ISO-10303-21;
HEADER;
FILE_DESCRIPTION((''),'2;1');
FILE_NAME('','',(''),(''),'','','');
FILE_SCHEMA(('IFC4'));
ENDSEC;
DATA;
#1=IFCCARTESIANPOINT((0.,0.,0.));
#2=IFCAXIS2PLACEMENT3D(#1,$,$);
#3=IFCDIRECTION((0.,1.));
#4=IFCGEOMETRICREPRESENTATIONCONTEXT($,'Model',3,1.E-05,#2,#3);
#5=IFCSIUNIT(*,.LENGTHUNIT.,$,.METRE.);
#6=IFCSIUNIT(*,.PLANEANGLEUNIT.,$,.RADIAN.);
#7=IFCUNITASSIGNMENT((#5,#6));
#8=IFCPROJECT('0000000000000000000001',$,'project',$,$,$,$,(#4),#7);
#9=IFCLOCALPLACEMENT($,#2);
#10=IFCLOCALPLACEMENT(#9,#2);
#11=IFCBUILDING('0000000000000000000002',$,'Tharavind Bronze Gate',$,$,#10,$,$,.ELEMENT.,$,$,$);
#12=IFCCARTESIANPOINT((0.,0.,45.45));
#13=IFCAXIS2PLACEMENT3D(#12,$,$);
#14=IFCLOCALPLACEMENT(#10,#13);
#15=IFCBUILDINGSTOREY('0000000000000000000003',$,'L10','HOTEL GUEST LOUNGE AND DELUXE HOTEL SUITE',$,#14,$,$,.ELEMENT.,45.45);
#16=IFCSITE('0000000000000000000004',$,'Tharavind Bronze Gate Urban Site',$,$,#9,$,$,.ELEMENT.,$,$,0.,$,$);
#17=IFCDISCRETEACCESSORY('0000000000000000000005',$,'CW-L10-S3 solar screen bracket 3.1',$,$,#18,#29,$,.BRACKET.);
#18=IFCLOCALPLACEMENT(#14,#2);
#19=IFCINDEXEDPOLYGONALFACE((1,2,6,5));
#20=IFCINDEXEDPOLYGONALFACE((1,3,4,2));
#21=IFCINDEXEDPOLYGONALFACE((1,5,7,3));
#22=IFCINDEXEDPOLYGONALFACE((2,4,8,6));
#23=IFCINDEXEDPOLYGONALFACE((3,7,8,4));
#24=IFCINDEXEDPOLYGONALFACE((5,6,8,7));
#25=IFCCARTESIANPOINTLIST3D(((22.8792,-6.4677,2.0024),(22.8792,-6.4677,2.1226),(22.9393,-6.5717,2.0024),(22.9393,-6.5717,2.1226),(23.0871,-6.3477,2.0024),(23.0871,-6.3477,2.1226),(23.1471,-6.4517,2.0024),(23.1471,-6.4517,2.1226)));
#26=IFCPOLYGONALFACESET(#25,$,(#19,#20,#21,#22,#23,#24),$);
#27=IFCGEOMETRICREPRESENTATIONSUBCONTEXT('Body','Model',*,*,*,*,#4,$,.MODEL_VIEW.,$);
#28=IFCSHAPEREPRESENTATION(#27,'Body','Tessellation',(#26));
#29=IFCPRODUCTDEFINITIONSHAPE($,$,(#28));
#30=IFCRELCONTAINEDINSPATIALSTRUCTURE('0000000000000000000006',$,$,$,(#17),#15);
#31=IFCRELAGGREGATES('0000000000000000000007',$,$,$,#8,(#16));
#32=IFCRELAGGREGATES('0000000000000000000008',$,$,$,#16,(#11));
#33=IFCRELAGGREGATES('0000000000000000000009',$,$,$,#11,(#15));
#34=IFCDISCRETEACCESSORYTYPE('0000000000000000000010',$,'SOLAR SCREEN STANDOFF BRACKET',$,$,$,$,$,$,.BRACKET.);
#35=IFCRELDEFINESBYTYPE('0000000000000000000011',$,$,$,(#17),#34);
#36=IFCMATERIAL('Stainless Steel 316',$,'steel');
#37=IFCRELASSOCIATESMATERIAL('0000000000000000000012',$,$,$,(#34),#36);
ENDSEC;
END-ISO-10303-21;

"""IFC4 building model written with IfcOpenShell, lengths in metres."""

from ifc_helpers import new_model, si_unit, direction, frame, origin, origin_2d, place, context, subcontext, project, spatial, rectangle, extrude, material, type_object, element, save


model = new_model("IFC4")

# Units and contexts
model_context = context("Model", 3, precision=1e-05, world=origin(), true_north=direction((0.0, 1.0)))
body_context = subcontext(model_context, "Body", "Model", "MODEL_VIEW")
ifc_project = project(units=[si_unit("LENGTHUNIT", "METRE"), si_unit("PLANEANGLEUNIT", "RADIAN")], contexts=[model_context])

# Site, building, storey
site_placement = place(None, origin())
site = spatial("IfcSite", under=ifc_project, at=site_placement, Name="Tharavind Bronze Gate Urban Site", CompositionType="ELEMENT", RefElevation=0.0)
building_placement = place(site_placement, origin())
building = spatial("IfcBuilding", under=site, at=building_placement, Name="Tharavind Bronze Gate", CompositionType="ELEMENT")
storey_placement = place(building_placement, frame((0.0, 0.0, 45.45)))
storey = spatial("IfcBuildingStorey", under=building, at=storey_placement, Name="L10", Description="HOTEL GUEST LOUNGE AND DELUXE HOTEL SUITE", CompositionType="ELEMENT", Elevation=45.45)

# Discrete accessory
ifc_material_1 = material(Name="Stainless Steel 316", Category="steel")
discrete_accessory_type = type_object("IfcDiscreteAccessoryType", Name="SOLAR SCREEN STANDOFF BRACKET", PredefinedType="BRACKET", material=ifc_material_1)
for number, where, z_axis, x_axis, name in (
    (1, (23.0132, -6.4597, 2.0024), (0.0, 0.0, 1.0), (-0.500002, 0.866025, 0.0), "CW-L10-S3 solar screen bracket 3.1"),
):
    element("IfcDiscreteAccessory", number, at=place(storey_placement, frame(where, z_axis=z_axis, x_axis=x_axis)), inside=storey, type_object=discrete_accessory_type, Name=name, PredefinedType="BRACKET", context=body_context, shape_type="SweptSolid", body=[
        extrude(rectangle(XDim=0.1201, YDim=0.24, at=origin_2d()), origin(), (0.0, 0.0, 1.0), 0.1201),
    ])

save(model, "model.ifc")
